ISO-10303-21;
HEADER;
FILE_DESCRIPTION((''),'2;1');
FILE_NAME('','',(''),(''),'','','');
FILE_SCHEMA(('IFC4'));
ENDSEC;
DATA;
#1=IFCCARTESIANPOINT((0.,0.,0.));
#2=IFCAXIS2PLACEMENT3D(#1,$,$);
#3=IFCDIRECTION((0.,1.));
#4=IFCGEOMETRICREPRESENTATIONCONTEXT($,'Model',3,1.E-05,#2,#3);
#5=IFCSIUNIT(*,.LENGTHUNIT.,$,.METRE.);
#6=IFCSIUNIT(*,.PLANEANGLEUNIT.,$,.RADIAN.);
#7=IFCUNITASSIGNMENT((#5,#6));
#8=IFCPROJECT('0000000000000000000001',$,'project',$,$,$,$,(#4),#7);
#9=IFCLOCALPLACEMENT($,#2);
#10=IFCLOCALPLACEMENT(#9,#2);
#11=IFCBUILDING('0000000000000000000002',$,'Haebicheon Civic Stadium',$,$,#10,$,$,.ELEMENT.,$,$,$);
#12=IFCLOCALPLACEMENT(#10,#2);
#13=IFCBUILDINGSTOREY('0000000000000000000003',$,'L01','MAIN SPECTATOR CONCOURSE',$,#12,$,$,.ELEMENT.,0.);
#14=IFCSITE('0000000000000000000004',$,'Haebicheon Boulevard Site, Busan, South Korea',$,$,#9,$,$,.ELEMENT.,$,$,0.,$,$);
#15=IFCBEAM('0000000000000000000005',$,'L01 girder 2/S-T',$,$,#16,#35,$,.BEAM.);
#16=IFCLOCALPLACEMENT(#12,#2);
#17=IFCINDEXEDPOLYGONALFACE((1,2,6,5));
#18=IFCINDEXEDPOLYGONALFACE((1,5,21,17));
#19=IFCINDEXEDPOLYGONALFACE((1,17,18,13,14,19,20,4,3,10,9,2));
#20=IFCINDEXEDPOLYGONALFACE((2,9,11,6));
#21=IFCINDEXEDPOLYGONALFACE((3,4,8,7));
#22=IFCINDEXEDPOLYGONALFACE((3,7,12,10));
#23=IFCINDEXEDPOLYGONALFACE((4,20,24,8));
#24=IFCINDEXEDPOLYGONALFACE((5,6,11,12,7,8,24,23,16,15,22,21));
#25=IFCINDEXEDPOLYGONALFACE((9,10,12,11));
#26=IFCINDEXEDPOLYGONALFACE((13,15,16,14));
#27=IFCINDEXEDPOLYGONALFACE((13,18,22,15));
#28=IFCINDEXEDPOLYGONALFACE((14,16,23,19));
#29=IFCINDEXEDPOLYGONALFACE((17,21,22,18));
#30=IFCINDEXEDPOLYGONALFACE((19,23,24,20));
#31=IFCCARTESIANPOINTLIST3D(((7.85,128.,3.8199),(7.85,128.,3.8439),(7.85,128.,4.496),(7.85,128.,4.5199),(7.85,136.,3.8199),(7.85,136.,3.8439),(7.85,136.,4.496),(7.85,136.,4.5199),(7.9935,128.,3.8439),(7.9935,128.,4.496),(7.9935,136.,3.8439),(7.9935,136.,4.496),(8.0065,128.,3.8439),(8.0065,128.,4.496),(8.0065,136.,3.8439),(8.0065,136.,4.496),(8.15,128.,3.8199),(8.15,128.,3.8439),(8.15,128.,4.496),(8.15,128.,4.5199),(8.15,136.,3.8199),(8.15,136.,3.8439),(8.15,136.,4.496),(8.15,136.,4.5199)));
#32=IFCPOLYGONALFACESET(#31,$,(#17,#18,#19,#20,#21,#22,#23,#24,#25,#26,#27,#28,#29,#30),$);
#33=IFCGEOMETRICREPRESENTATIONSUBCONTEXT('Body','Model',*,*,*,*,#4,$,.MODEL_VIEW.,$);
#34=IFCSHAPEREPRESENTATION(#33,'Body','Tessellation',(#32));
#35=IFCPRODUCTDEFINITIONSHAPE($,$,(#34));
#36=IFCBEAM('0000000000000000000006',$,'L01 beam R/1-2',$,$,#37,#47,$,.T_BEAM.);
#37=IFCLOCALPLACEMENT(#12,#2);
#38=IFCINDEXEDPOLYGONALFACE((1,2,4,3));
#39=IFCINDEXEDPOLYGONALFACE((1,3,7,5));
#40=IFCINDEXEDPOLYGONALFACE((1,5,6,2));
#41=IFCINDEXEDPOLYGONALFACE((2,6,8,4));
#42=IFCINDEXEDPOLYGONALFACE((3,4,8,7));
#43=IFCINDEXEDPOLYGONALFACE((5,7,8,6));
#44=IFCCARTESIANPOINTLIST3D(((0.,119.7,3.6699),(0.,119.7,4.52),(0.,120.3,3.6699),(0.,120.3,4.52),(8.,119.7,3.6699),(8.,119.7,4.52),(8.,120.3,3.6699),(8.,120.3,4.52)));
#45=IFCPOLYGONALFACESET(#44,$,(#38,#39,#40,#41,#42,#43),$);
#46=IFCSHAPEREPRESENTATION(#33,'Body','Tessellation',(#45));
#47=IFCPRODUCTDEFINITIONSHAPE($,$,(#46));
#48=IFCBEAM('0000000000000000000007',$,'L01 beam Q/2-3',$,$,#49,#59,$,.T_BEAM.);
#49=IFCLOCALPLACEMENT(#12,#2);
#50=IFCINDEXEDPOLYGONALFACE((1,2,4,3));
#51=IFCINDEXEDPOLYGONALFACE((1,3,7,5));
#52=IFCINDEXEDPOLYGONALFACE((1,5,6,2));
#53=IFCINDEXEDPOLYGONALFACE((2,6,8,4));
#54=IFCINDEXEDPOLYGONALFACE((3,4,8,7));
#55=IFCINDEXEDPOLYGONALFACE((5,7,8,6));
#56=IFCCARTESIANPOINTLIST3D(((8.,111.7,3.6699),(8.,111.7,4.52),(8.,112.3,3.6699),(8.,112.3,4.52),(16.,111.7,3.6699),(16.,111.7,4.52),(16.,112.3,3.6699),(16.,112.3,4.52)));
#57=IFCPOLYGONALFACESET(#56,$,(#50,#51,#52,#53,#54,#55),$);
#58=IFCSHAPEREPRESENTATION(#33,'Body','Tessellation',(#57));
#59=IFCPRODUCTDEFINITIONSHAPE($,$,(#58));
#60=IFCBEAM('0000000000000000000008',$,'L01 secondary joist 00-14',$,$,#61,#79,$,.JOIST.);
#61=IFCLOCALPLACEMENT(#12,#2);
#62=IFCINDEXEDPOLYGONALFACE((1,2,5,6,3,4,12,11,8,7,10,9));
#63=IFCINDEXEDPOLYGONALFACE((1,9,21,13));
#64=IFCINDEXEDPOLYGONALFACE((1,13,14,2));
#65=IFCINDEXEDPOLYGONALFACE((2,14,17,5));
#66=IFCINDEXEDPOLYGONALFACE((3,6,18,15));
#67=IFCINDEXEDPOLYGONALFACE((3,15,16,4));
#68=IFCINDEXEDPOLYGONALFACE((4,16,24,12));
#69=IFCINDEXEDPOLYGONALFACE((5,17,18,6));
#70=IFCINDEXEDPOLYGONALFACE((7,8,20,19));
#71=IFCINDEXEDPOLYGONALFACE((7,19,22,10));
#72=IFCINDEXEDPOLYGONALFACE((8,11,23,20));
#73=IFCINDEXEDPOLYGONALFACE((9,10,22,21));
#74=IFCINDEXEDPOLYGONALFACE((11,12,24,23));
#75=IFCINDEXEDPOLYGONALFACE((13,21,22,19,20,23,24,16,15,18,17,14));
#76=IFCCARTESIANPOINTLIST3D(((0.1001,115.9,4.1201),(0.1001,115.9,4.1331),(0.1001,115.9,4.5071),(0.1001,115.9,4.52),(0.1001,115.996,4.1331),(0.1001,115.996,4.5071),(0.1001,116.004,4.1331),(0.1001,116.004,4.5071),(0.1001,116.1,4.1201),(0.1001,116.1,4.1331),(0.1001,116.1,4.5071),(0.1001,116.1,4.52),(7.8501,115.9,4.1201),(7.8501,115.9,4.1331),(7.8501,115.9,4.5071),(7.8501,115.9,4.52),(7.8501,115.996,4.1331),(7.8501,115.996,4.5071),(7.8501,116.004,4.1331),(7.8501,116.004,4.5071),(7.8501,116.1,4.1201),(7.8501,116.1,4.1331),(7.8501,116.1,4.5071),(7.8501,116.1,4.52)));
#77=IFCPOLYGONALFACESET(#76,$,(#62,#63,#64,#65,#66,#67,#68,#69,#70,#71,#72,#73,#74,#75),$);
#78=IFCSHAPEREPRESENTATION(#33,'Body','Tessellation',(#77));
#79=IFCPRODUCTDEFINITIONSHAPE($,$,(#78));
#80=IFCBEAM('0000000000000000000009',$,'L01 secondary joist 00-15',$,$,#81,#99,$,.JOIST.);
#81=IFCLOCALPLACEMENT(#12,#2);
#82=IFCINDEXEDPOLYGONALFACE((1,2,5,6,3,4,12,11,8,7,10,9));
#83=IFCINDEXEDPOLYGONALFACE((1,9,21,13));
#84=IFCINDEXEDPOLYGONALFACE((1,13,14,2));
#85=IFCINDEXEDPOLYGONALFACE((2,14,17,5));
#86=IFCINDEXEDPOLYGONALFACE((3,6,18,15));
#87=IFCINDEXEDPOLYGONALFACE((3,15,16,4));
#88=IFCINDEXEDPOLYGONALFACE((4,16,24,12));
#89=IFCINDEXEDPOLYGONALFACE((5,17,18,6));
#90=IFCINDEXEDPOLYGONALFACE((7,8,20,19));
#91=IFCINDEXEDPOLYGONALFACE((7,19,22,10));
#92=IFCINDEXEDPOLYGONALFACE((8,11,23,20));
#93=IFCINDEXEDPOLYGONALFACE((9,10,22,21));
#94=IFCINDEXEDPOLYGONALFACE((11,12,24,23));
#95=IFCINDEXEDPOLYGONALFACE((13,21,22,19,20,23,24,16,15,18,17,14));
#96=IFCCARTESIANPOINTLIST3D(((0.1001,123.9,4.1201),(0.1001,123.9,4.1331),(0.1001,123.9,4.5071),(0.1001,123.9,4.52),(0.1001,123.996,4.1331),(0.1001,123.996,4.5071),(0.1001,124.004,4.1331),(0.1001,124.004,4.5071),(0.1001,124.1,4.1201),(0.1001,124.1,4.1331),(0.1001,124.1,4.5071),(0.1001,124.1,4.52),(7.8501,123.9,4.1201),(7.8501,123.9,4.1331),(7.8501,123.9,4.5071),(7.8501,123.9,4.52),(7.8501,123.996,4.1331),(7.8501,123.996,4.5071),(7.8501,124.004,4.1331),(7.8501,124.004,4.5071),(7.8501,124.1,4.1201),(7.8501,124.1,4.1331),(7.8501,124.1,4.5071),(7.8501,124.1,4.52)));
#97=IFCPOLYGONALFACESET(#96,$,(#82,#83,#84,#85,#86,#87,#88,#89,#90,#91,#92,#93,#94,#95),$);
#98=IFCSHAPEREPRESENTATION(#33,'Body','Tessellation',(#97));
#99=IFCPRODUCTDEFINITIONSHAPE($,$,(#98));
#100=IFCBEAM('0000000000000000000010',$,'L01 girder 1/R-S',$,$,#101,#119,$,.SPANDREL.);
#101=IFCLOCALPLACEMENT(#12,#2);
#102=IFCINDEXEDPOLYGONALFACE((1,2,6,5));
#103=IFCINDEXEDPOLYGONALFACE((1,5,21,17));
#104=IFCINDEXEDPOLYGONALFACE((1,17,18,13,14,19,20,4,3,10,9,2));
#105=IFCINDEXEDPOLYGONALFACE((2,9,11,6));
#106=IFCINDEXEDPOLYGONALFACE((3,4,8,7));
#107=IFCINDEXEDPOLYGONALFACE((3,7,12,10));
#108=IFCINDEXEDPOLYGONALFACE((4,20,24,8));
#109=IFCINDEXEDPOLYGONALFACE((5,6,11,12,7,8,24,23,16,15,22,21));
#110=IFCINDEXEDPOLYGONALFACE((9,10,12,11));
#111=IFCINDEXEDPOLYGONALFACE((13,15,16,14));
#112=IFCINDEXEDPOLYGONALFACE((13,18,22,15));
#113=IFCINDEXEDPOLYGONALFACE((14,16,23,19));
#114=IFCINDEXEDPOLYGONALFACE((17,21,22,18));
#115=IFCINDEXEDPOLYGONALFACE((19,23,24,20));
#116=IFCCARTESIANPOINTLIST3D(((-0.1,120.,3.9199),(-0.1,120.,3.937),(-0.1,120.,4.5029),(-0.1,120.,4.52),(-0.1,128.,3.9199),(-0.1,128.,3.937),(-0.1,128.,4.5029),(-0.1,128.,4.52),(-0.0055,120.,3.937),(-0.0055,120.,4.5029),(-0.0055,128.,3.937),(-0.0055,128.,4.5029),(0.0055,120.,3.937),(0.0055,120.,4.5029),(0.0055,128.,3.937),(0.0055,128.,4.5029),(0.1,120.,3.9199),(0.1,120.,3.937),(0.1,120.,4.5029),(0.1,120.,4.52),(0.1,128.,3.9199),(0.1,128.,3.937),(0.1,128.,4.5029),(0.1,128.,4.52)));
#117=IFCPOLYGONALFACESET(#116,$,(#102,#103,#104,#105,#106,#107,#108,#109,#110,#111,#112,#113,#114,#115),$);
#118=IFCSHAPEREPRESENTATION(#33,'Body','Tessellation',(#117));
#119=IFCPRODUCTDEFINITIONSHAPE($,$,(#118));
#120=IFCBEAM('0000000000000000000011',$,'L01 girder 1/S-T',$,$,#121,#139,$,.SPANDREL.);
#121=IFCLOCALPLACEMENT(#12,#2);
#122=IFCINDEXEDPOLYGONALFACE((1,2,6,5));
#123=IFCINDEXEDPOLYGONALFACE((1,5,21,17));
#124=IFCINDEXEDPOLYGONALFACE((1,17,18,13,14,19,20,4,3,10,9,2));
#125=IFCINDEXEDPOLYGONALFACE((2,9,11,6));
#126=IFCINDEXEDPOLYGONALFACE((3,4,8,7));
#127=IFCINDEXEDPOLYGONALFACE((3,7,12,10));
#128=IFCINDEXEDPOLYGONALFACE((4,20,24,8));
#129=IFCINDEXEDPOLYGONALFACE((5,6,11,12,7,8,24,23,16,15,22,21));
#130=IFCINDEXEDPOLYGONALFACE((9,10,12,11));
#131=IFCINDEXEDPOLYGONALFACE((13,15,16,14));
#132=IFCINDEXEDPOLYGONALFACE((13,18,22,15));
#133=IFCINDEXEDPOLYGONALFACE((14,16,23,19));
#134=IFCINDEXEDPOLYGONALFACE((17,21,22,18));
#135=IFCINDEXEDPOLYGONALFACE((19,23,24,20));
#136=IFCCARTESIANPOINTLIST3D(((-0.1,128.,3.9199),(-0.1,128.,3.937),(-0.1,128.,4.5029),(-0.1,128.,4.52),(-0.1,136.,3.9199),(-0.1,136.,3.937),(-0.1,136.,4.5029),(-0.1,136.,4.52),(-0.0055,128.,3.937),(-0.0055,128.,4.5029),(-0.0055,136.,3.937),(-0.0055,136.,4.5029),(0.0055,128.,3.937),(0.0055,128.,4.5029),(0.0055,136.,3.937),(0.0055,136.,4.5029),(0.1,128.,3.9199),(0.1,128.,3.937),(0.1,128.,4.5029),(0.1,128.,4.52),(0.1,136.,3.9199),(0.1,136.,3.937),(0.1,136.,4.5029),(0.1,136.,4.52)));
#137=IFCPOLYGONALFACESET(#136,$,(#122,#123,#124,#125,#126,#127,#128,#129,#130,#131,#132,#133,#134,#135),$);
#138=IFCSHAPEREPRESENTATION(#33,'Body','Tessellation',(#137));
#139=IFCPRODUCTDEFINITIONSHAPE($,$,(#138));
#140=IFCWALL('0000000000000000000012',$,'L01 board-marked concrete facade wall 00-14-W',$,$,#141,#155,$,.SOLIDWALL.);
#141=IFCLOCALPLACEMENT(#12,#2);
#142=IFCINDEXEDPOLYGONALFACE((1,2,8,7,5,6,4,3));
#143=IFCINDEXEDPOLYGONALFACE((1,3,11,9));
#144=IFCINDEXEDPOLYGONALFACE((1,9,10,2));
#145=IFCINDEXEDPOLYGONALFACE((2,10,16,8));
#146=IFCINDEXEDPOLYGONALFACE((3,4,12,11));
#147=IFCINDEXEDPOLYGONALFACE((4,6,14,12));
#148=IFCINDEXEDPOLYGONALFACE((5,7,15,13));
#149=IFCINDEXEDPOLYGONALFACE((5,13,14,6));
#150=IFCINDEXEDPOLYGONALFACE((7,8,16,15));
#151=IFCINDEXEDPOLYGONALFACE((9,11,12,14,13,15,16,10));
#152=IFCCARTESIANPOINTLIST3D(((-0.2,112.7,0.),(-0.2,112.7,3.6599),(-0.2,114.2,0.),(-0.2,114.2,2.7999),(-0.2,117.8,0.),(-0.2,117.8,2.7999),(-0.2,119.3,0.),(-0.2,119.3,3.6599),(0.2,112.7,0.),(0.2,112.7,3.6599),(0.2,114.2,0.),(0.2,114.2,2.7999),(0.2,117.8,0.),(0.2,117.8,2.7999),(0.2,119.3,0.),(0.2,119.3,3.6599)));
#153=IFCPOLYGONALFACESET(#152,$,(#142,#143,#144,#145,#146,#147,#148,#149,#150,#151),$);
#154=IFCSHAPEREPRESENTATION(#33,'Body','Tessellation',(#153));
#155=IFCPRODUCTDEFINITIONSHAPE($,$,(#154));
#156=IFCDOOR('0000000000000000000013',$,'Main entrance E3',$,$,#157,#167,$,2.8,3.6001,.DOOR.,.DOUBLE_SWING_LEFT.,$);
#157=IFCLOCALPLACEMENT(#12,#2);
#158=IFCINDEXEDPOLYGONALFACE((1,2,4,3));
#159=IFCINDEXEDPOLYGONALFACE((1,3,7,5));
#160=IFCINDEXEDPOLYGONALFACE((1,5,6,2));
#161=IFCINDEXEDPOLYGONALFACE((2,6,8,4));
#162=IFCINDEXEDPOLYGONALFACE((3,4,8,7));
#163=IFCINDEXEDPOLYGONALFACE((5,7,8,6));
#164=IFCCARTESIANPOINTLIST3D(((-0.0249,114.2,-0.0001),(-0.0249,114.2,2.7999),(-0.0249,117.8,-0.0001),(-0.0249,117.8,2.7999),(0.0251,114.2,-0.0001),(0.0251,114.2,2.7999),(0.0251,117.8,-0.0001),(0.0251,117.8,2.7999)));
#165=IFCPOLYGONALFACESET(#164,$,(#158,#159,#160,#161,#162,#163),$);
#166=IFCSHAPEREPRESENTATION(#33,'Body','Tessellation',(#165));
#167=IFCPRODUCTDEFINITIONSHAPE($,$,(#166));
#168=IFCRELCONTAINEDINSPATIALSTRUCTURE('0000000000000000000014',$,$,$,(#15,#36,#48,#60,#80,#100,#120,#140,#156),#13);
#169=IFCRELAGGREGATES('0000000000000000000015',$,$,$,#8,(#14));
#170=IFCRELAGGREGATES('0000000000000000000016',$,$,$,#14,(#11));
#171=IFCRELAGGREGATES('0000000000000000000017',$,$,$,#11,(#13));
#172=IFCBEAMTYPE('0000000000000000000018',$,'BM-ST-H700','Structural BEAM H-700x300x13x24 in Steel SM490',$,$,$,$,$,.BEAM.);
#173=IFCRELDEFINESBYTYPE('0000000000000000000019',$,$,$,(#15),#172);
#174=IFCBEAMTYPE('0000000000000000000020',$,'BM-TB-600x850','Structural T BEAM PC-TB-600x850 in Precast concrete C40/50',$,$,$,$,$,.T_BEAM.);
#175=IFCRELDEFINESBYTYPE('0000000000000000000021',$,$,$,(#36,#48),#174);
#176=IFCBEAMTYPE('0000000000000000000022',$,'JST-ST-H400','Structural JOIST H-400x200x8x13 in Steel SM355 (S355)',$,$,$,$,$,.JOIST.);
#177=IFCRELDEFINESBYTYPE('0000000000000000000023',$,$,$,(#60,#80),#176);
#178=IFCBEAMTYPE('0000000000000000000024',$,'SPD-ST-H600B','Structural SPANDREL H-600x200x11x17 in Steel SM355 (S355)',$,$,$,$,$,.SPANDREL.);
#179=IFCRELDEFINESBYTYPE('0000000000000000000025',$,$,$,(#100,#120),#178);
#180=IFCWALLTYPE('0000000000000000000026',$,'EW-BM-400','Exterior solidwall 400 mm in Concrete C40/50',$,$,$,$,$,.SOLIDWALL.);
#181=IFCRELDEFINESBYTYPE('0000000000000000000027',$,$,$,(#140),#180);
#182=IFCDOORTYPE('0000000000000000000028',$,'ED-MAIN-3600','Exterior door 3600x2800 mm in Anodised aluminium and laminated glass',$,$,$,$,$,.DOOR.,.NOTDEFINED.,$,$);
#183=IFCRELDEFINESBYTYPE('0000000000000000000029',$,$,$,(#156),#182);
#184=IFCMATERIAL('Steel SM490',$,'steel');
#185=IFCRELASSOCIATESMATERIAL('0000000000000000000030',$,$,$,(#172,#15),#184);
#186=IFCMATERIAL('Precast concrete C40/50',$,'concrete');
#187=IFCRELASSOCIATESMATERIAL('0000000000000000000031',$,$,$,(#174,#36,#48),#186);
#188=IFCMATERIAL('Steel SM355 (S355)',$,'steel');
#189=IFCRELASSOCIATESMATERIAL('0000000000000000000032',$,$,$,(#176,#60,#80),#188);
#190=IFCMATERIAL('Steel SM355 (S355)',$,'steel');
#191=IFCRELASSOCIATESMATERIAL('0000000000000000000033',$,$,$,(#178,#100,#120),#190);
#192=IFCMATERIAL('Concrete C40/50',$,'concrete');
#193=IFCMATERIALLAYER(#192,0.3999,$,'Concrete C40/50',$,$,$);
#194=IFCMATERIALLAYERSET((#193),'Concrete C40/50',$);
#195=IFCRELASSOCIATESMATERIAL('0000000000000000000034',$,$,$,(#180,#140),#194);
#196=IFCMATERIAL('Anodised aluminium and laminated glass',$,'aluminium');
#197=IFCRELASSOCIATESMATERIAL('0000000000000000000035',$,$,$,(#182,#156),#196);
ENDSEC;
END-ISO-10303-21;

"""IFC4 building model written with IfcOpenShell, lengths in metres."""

from ifc_helpers import new_model, si_unit, direction, frame, frame_2d, origin, origin_2d, place, context, subcontext, project, spatial, rectangle, i_section, extrude, material, layer, layer_set, material_profile, profile_set, type_object, element, fill, save


model = new_model("IFC4")

# Units and contexts
model_context = context("Model", 3, precision=1e-05, world=origin(), true_north=direction((0.0, 1.0)))
body_context = subcontext(model_context, "Body", "Model", "MODEL_VIEW")
ifc_project = project(units=[si_unit("LENGTHUNIT", "METRE"), si_unit("PLANEANGLEUNIT", "RADIAN")], contexts=[model_context])

# Site, building, storey
site_placement = place(None, origin())
site = spatial("IfcSite", under=ifc_project, at=site_placement, Name="Haebicheon Boulevard Site, Busan, South Korea", CompositionType="ELEMENT", RefElevation=0.0)
building_placement = place(site_placement, origin())
building = spatial("IfcBuilding", under=site, at=building_placement, Name="Haebicheon Civic Stadium", CompositionType="ELEMENT")
storey_placement = place(building_placement, origin())
storey = spatial("IfcBuildingStorey", under=building, at=storey_placement, Name="L01", Description="MAIN SPECTATOR CONCOURSE", CompositionType="ELEMENT", Elevation=0.0)

# Beams
ifc_material_1 = material(Name="Steel SM490", Category="steel")
ifc_material_profile_1 = material_profile(ifc_material_1, i_section(OverallWidth=0.3, OverallDepth=0.7, WebThickness=0.0129, FlangeThickness=0.0239, at=origin_2d()), Name="H-700x300x13x24")
ifc_profile_set_1 = profile_set([ifc_material_profile_1], Name="Steel SM490")
beam_type_1 = type_object("IfcBeamType", Name="BM-ST-H700", Description="Structural BEAM H-700x300x13x24 in Steel SM490", PredefinedType="BEAM", material=ifc_profile_set_1)
for number, where, z_axis, x_axis, name in (
    (1, (8.0, 128.0, 4.1699), (0.0, 1.0, 0.0), (-1.0, 0.0, 0.0), "L01 girder 2/S-T"),
):
    element("IfcBeam", number, at=place(storey_placement, frame(where, z_axis=z_axis, x_axis=x_axis)), inside=storey, type_object=beam_type_1, material=ifc_profile_set_1, Name=name, PredefinedType="BEAM", context=body_context, shape_type="SweptSolid", body=[
        extrude(i_section(OverallWidth=0.3, OverallDepth=0.7, WebThickness=0.0129, FlangeThickness=0.0239, at=origin_2d()), origin(), (0.0, 0.0, 1.0), 8.0),
    ])
ifc_material_2 = material(Name="Precast concrete C40/50", Category="concrete")
ifc_material_profile_2 = material_profile(ifc_material_2, rectangle(XDim=0.6001, YDim=0.8501, at=origin_2d()), Name="PC-TB-600x850")
ifc_profile_set_2 = profile_set([ifc_material_profile_2], Name="Precast concrete C40/50")
beam_type_2 = type_object("IfcBeamType", Name="BM-TB-600x850", Description="Structural T BEAM PC-TB-600x850 in Precast concrete C40/50", PredefinedType="T_BEAM", material=ifc_profile_set_2)
for number, where, z_axis, x_axis, name in (
    (2, (0.0, 120.0, 4.095), (1.0, 0.0, 0.0), (0.0, 1.0, 0.0), "L01 beam R/1-2"),
    (3, (8.0, 112.0, 4.095), (1.0, 0.0, 0.0), (0.0, 1.0, 0.0), "L01 beam Q/2-3"),
):
    element("IfcBeam", number, at=place(storey_placement, frame(where, z_axis=z_axis, x_axis=x_axis)), inside=storey, type_object=beam_type_2, material=ifc_profile_set_2, Name=name, PredefinedType="T_BEAM", context=body_context, shape_type="SweptSolid", body=[
        extrude(rectangle(XDim=0.6001, YDim=0.8501, at=origin_2d()), origin(), (0.0, 0.0, 1.0), 8.0),
    ])
ifc_material_3 = material(Name="Steel SM355 (S355)", Category="steel")
ifc_material_profile_3 = material_profile(ifc_material_3, i_section(OverallWidth=0.2, OverallDepth=0.3999, WebThickness=0.0081, FlangeThickness=0.0129, at=origin_2d()), Name="H-400x200x8x13")
ifc_profile_set_3 = profile_set([ifc_material_profile_3], Name="Steel SM355 (S355)")
beam_type_3 = type_object("IfcBeamType", Name="JST-ST-H400", Description="Structural JOIST H-400x200x8x13 in Steel SM355 (S355)", PredefinedType="JOIST", material=ifc_profile_set_3)
for number, where, z_axis, x_axis, name in (
    (4, (0.1001, 116.0, 4.3201), (1.0, 0.0, 0.0), (0.0, 1.0, 0.0), "L01 secondary joist 00-14"),
    (5, (0.1001, 124.0, 4.3201), (1.0, 0.0, 0.0), (0.0, 1.0, 0.0), "L01 secondary joist 00-15"),
):
    element("IfcBeam", number, at=place(storey_placement, frame(where, z_axis=z_axis, x_axis=x_axis)), inside=storey, type_object=beam_type_3, material=ifc_profile_set_3, Name=name, PredefinedType="JOIST", context=body_context, shape_type="SweptSolid", body=[
        extrude(i_section(OverallWidth=0.2, OverallDepth=0.3999, WebThickness=0.0081, FlangeThickness=0.0129, at=origin_2d()), origin(), (0.0, 0.0, 1.0), 7.75),
    ])
ifc_material_4 = material(Name="Steel SM355 (S355)", Category="steel")
ifc_material_profile_4 = material_profile(ifc_material_4, i_section(OverallWidth=0.2, OverallDepth=0.6001, WebThickness=0.011, FlangeThickness=0.0171, at=origin_2d()), Name="H-600x200x11x17")
ifc_profile_set_4 = profile_set([ifc_material_profile_4], Name="Steel SM355 (S355)")
beam_type_4 = type_object("IfcBeamType", Name="SPD-ST-H600B", Description="Structural SPANDREL H-600x200x11x17 in Steel SM355 (S355)", PredefinedType="SPANDREL", material=ifc_profile_set_4)
for number, where, z_axis, x_axis, name in (
    (6, (0.0, 120.0, 4.22), (0.0, 1.0, 0.0), (-1.0, 0.0, 0.0), "L01 girder 1/R-S"),
    (7, (0.0, 128.0, 4.22), (0.0, 1.0, 0.0), (-1.0, 0.0, 0.0), "L01 girder 1/S-T"),
):
    element("IfcBeam", number, at=place(storey_placement, frame(where, z_axis=z_axis, x_axis=x_axis)), inside=storey, type_object=beam_type_4, material=ifc_profile_set_4, Name=name, PredefinedType="SPANDREL", context=body_context, shape_type="SweptSolid", body=[
        extrude(i_section(OverallWidth=0.2, OverallDepth=0.6001, WebThickness=0.011, FlangeThickness=0.0171, at=origin_2d()), origin(), (0.0, 0.0, 1.0), 8.0),
    ])

# Wall, opening, door
ifc_material_5 = material(Name="Concrete C40/50", Category="concrete")
ifc_layer_1 = layer(ifc_material_5, 0.3999, Name="Concrete C40/50")
ifc_layer_set_1 = layer_set([ifc_layer_1], Name="Concrete C40/50")
wall_type_1 = type_object("IfcWallType", Name="EW-BM-400", Description="Exterior solidwall 400 mm in Concrete C40/50", PredefinedType="SOLIDWALL", material=ifc_layer_set_1)
wall_1_placement = place(storey_placement, frame((0.0, 112.7, 0.0), z_axis=(0.0, 0.0, 1.0), x_axis=(0.0, 1.0, 0.0)))
wall_1 = element("IfcWall", 8, at=wall_1_placement, inside=storey, type_object=wall_type_1, material=ifc_layer_set_1, Name="L01 board-marked concrete facade wall 00-14-W", PredefinedType="SOLIDWALL", context=body_context, shape_type="SweptSolid", body=[
    extrude(rectangle(XDim=6.6001, YDim=0.3999, at=frame_2d((3.3, 0.0))), origin(), (0.0, 0.0, 1.0), 3.6599),
])
opening_1_placement = place(wall_1_placement, frame((1.5, 0.0, 0.0)))
opening_1 = element("IfcOpeningElement", 9, at=opening_1_placement, cuts=wall_1, PredefinedType="OPENING", context=body_context, shape_type="SweptSolid", body=[
    extrude(rectangle(XDim=3.6001, YDim=2.8, at=frame_2d((1.8, 1.3999))), frame((0.0, 0.21, 0.0), z_axis=(0.0, -1.0, 0.0), x_axis=(1.0, 0.0, 0.0)), (0.0, 0.0, 1.0), 0.4199),
])
ifc_material_6 = material(Name="Anodised aluminium and laminated glass", Category="aluminium")
door_type_1 = type_object("IfcDoorType", Name="ED-MAIN-3600", Description="Exterior door 3600x2800 mm in Anodised aluminium and laminated glass", OperationType="NOTDEFINED", PredefinedType="DOOR", material=ifc_material_6)
door_1_placement = place(opening_1_placement, origin())
door_1 = element("IfcDoor", 10, at=door_1_placement, inside=storey, type_object=door_type_1, material=ifc_material_6, Name="Main entrance E3", OperationType="DOUBLE_SWING_LEFT", OverallHeight=2.8, OverallWidth=3.6001, PredefinedType="DOOR", context=body_context, shape_type="SweptSolid", body=[
    extrude(rectangle(XDim=3.6001, YDim=2.8, at=frame_2d((1.8, 1.3999))), frame((0.0, 0.0249, 0.0), z_axis=(0.0, -1.0, 0.0), x_axis=(1.0, 0.0, 0.0)), (0.0, 0.0, 1.0), 0.05),
])
fill(opening_1, door_1)

save(model, "model.ifc")
